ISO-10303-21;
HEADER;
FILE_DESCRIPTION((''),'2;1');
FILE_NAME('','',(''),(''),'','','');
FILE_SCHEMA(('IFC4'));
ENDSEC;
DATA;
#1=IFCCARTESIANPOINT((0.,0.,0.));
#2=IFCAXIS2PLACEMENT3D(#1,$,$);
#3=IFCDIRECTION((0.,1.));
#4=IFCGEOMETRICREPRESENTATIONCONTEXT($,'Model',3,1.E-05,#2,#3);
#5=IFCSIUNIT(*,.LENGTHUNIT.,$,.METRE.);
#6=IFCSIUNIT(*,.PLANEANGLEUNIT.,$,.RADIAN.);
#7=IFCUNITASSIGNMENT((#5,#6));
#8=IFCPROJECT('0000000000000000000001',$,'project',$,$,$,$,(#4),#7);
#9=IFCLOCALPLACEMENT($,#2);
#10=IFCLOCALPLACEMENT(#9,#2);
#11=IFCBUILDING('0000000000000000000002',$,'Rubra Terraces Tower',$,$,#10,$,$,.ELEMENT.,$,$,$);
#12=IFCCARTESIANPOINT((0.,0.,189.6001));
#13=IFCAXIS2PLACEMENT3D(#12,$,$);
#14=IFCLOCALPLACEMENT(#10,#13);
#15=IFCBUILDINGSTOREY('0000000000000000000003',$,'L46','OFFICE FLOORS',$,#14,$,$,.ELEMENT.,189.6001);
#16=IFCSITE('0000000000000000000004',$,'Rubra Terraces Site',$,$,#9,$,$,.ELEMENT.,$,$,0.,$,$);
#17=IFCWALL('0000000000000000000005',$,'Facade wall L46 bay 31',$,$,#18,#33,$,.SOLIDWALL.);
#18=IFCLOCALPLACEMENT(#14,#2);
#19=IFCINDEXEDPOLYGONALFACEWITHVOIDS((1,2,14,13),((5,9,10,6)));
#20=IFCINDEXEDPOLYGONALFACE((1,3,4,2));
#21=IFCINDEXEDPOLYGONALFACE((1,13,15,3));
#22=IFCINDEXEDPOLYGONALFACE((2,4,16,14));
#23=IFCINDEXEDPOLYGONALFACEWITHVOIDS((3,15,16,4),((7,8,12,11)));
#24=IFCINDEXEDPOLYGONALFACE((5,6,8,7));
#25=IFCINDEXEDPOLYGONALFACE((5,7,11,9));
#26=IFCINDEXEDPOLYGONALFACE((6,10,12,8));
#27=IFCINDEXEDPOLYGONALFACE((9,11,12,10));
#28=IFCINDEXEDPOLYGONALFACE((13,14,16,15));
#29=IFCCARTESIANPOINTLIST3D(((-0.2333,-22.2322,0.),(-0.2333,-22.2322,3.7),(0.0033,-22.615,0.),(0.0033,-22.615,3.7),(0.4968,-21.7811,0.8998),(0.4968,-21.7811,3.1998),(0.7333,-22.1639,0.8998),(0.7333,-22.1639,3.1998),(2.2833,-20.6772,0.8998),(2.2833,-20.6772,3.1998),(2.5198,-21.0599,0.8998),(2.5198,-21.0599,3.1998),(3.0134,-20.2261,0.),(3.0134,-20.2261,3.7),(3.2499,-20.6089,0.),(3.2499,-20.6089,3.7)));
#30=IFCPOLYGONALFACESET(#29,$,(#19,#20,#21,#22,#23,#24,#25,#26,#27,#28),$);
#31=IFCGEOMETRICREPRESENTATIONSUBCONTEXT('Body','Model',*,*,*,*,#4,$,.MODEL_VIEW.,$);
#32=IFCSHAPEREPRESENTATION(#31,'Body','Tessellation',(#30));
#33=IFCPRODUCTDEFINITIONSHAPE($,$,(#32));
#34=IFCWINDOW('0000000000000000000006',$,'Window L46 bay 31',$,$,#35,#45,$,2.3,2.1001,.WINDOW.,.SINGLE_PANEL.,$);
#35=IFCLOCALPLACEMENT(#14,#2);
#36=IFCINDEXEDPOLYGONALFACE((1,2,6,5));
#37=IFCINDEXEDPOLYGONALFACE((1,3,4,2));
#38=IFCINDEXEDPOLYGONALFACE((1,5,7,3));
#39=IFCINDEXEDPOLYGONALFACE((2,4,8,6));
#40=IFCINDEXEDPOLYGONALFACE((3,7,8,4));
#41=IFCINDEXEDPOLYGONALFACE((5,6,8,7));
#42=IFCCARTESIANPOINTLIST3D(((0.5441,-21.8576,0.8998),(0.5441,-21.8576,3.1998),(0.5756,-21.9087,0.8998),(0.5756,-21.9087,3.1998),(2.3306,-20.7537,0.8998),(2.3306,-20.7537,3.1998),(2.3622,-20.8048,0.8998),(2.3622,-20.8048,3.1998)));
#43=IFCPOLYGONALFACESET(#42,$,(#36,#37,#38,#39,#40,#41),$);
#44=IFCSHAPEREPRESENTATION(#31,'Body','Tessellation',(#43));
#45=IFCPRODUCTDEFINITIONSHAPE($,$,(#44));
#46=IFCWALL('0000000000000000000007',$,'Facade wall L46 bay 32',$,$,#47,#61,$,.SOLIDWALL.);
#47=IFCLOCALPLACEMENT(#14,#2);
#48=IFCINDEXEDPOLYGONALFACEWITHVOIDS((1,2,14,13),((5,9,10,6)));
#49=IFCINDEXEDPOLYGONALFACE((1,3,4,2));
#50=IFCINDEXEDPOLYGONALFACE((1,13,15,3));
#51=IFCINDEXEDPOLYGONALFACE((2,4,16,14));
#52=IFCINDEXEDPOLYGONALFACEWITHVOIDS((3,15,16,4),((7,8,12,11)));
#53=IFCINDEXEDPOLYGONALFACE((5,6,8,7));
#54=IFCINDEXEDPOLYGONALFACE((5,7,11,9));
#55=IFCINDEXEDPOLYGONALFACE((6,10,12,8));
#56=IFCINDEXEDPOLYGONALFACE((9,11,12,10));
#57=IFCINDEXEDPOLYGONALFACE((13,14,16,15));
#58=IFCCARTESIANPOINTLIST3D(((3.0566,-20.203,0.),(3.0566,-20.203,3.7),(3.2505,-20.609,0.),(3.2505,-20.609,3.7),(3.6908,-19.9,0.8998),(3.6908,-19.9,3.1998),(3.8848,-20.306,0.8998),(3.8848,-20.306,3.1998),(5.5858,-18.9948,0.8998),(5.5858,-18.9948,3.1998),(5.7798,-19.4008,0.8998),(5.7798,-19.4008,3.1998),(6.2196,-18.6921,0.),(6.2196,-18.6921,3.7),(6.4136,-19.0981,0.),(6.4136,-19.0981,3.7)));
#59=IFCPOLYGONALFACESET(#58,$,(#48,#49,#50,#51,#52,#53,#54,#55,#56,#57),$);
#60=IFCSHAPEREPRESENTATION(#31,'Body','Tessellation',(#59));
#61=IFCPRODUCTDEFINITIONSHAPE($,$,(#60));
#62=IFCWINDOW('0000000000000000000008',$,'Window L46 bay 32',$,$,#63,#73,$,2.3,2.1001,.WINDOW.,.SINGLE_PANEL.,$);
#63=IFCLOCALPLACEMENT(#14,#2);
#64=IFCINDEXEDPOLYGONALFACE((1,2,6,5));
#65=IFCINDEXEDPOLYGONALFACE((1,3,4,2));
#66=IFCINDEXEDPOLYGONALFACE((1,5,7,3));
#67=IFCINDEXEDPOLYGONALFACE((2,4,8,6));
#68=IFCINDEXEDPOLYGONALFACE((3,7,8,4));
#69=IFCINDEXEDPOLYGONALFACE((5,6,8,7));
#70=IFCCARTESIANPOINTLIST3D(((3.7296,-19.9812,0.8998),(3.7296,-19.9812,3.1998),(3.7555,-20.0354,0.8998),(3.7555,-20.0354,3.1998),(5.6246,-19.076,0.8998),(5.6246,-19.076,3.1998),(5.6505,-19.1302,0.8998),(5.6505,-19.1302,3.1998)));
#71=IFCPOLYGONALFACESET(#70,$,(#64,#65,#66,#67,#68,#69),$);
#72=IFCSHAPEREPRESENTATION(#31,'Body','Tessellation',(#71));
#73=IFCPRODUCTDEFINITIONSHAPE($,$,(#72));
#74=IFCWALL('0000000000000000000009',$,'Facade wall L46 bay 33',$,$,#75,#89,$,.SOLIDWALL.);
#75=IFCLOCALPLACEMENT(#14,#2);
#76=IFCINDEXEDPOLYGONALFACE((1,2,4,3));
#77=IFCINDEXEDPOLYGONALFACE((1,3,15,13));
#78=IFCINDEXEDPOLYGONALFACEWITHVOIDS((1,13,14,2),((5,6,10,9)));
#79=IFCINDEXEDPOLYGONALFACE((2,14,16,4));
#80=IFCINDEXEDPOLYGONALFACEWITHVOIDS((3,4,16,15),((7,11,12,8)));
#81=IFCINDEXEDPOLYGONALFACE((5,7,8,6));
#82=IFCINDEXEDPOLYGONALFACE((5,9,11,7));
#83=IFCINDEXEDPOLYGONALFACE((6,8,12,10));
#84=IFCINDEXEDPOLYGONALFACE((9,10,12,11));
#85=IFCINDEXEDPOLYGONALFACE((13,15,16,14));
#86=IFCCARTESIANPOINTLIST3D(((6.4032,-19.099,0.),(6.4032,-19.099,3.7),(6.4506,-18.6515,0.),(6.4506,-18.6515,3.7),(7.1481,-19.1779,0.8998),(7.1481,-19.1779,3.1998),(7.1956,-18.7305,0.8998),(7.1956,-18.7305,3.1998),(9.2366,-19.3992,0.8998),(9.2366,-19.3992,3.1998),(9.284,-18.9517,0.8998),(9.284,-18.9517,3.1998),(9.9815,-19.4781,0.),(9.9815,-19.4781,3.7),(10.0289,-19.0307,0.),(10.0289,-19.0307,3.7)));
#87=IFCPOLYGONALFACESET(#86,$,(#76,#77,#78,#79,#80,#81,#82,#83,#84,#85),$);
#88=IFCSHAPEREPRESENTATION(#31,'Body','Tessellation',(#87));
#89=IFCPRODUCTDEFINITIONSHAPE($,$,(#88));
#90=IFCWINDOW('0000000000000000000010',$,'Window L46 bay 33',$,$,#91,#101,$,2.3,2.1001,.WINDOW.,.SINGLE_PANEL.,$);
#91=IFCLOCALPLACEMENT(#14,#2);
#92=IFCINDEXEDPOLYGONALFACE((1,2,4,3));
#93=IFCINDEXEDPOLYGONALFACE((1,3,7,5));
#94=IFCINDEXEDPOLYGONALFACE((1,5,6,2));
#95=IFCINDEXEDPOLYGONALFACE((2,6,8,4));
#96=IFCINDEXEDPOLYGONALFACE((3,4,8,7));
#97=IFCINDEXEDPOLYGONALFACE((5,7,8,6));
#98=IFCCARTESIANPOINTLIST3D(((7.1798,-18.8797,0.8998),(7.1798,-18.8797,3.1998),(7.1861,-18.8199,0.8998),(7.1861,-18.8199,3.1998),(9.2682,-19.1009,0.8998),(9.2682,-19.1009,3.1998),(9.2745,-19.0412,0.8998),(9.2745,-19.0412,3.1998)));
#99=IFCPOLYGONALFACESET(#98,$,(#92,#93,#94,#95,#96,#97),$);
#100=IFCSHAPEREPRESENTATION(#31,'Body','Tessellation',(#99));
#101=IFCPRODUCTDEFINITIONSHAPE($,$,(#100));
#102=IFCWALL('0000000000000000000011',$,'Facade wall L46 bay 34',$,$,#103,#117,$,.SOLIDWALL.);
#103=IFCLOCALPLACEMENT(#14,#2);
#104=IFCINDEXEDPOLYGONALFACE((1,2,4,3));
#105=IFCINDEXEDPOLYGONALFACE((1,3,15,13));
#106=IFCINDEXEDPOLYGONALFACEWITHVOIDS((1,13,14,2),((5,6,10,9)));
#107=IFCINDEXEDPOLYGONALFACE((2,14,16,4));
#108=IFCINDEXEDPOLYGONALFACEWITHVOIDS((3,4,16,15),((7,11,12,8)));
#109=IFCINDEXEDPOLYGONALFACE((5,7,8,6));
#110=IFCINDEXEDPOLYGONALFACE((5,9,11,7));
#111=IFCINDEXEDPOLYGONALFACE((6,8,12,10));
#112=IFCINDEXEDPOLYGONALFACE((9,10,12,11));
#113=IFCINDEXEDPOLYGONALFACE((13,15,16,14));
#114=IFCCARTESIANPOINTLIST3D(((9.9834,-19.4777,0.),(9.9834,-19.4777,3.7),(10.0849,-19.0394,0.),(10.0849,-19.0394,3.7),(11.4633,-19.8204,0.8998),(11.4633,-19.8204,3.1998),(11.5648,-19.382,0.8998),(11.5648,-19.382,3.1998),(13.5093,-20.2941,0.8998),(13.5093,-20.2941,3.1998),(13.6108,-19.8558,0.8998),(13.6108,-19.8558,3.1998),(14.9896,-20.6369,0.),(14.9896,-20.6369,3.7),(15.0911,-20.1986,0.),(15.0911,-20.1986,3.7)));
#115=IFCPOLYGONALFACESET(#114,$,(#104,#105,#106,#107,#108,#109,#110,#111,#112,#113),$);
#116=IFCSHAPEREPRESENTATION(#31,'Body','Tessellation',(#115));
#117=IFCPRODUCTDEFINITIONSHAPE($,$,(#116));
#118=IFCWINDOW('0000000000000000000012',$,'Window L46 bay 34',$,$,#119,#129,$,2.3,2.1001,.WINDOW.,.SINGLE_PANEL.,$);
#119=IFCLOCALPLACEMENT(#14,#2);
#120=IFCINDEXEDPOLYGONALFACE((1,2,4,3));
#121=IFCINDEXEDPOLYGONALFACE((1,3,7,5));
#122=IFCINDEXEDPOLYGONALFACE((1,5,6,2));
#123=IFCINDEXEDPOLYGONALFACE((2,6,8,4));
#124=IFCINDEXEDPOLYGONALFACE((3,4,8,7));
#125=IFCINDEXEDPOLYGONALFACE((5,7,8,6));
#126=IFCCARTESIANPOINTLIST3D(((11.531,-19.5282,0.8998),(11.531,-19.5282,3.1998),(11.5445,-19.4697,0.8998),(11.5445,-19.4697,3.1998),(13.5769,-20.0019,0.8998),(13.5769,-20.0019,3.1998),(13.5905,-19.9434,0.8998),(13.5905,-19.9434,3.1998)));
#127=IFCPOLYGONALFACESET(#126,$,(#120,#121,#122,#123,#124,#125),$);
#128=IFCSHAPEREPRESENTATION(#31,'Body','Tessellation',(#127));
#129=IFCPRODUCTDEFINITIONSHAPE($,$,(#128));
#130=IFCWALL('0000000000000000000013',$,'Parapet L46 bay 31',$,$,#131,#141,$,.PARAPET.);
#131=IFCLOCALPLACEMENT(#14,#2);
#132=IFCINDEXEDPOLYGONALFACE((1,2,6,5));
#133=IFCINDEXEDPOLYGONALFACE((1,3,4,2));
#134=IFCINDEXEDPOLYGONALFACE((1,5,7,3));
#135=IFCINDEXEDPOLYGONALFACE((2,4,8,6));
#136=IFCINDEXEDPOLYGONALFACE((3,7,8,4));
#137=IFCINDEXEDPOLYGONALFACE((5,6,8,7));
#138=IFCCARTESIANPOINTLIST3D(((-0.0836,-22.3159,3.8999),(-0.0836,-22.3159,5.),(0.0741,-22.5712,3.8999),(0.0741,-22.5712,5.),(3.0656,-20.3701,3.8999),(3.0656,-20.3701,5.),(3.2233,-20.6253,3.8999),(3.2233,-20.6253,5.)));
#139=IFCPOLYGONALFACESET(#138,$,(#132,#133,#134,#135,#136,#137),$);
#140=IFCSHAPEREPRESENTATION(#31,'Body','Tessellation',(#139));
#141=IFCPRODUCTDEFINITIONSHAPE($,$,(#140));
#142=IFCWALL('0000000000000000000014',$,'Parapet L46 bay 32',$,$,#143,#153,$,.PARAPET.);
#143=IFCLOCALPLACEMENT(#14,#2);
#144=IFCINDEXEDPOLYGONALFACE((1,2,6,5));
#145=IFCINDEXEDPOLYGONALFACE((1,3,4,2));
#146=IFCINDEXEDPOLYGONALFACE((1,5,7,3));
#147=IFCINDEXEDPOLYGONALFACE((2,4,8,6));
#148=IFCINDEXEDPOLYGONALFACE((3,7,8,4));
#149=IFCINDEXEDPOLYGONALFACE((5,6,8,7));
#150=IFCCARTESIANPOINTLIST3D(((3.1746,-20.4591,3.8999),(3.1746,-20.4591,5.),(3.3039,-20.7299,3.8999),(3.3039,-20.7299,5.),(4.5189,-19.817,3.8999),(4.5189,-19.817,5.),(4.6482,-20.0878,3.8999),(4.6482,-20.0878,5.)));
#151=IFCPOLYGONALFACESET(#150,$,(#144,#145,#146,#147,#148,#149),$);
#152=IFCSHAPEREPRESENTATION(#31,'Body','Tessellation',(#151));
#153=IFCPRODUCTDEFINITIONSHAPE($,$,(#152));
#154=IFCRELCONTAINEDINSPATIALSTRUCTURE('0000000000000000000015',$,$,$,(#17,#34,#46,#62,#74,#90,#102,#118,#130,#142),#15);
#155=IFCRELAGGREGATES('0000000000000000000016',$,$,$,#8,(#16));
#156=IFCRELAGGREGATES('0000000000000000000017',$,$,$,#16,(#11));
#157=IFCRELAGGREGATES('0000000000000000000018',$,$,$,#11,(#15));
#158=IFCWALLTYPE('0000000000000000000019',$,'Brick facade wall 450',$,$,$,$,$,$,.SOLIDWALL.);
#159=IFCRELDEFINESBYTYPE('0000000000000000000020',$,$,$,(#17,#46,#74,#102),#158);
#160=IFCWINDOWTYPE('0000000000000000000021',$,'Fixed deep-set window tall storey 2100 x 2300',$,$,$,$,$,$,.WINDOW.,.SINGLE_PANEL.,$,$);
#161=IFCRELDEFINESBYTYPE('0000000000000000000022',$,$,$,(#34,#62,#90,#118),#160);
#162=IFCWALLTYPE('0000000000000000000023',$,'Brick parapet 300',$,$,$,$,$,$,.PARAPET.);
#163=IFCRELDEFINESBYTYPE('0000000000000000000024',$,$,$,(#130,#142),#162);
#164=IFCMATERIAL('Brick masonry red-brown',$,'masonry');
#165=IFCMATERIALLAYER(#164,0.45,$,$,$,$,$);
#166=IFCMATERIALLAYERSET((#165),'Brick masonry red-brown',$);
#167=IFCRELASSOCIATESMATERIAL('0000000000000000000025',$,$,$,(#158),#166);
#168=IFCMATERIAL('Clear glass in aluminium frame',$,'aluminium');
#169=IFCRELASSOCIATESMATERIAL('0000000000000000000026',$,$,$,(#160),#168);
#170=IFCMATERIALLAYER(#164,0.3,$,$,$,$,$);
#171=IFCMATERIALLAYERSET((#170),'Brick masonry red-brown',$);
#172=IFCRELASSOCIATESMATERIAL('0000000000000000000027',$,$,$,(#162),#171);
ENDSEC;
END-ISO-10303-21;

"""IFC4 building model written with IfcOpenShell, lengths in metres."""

from ifc_helpers import new_model, si_unit, direction, frame, frame_2d, origin, place, context, subcontext, project, spatial, rectangle, extrude, material, layer, layer_set, type_object, element, fill, save


model = new_model("IFC4")

# Units and contexts
model_context = context("Model", 3, precision=1e-05, world=origin(), true_north=direction((0.0, 1.0)))
body_context = subcontext(model_context, "Body", "Model", "MODEL_VIEW")
ifc_project = project(units=[si_unit("LENGTHUNIT", "METRE"), si_unit("PLANEANGLEUNIT", "RADIAN")], contexts=[model_context])

# Site, building, storey
site_placement = place(None, origin())
site = spatial("IfcSite", under=ifc_project, at=site_placement, Name="Rubra Terraces Site", CompositionType="ELEMENT", RefElevation=0.0)
building_placement = place(site_placement, origin())
building = spatial("IfcBuilding", under=site, at=building_placement, Name="Rubra Terraces Tower", CompositionType="ELEMENT")
storey_placement = place(building_placement, frame((0.0, 0.0, 189.6001)))
storey = spatial("IfcBuildingStorey", under=building, at=storey_placement, Name="L46", Description="OFFICE FLOORS", CompositionType="ELEMENT", Elevation=189.6001)

# Walls, openings, windows
ifc_material_1 = material(Name="Brick masonry red-brown", Category="masonry")
ifc_layer_1 = layer(ifc_material_1, 0.45)
ifc_layer_set_1 = layer_set([ifc_layer_1], Name="Brick masonry red-brown")
wall_type_1 = type_object("IfcWallType", Name="Brick facade wall 450", PredefinedType="SOLIDWALL", material=ifc_layer_set_1)
wall_1_placement = place(storey_placement, frame((-0.115, -22.4236, 0.0), z_axis=(0.0, 0.0, 1.0), x_axis=(0.850697, 0.525656, 0.0)))
wall_1 = element("IfcWall", 1, at=wall_1_placement, inside=storey, type_object=wall_type_1, Name="Facade wall L46 bay 31", PredefinedType="SOLIDWALL", context=body_context, shape_type="SweptSolid", body=[
    extrude(rectangle(XDim=3.8164, YDim=0.45, at=frame_2d((1.9082, 0.0))), origin(), (0.0, 0.0, 1.0), 3.7),
])
opening_1_placement = place(wall_1_placement, frame((0.8582, 0.0, 0.8999)))
opening_1 = element("IfcOpeningElement", 2, at=opening_1_placement, cuts=wall_1, PredefinedType="OPENING", context=body_context, shape_type="SweptSolid", body=[
    extrude(rectangle(XDim=2.1001, YDim=2.3, at=frame_2d((1.05, 1.1499))), frame((0.0, 0.2349, 0.0), z_axis=(0.0, -1.0, 0.0), x_axis=(1.0, 0.0, 0.0)), (0.0, 0.0, 1.0), 0.47),
])
ifc_material_2 = material(Name="Clear glass in aluminium frame", Category="aluminium")
window_type = type_object("IfcWindowType", Name="Fixed deep-set window tall storey 2100 x 2300", PartitioningType="SINGLE_PANEL", PredefinedType="WINDOW", material=ifc_material_2)
window_1_placement = place(opening_1_placement, origin())
window_1 = element("IfcWindow", 3, at=window_1_placement, inside=storey, type_object=window_type, Name="Window L46 bay 31", OverallHeight=2.3, OverallWidth=2.1001, PartitioningType="SINGLE_PANEL", PredefinedType="WINDOW", context=body_context, shape_type="SweptSolid", body=[
    extrude(rectangle(XDim=2.1001, YDim=2.3, at=frame_2d((1.05, 1.1499))), frame((0.0, 0.135, 0.0), z_axis=(0.0, -1.0, 0.0), x_axis=(1.0, 0.0, 0.0)), (0.0, 0.0, 1.0), 0.0601),
])
fill(opening_1, window_1)
wall_2_placement = place(storey_placement, frame((3.1536, -20.406, 0.0), z_axis=(0.0, 0.0, 1.0), x_axis=(0.902333, 0.431039, 0.0)))
wall_2 = element("IfcWall", 4, at=wall_2_placement, inside=storey, type_object=wall_type_1, Name="Facade wall L46 bay 32", PredefinedType="SOLIDWALL", context=body_context, shape_type="SweptSolid", body=[
    extrude(rectangle(XDim=3.5054, YDim=0.45, at=frame_2d((1.7527, 0.0))), origin(), (0.0, 0.0, 1.0), 3.7),
])
opening_2_placement = place(wall_2_placement, frame((0.7029, 0.0, 0.8999)))
opening_2 = element("IfcOpeningElement", 5, at=opening_2_placement, cuts=wall_2, PredefinedType="OPENING", context=body_context, shape_type="SweptSolid", body=[
    extrude(rectangle(XDim=2.1001, YDim=2.3, at=frame_2d((1.05, 1.1499))), frame((0.0, 0.2349, 0.0), z_axis=(0.0, -1.0, 0.0), x_axis=(1.0, 0.0, 0.0)), (0.0, 0.0, 1.0), 0.47),
])
window_2_placement = place(opening_2_placement, origin())
window_2 = element("IfcWindow", 6, at=window_2_placement, inside=storey, type_object=window_type, Name="Window L46 bay 32", OverallHeight=2.3, OverallWidth=2.1001, PartitioningType="SINGLE_PANEL", PredefinedType="WINDOW", context=body_context, shape_type="SweptSolid", body=[
    extrude(rectangle(XDim=2.1001, YDim=2.3, at=frame_2d((1.05, 1.1499))), frame((0.0, 0.135, 0.0), z_axis=(0.0, -1.0, 0.0), x_axis=(1.0, 0.0, 0.0)), (0.0, 0.0, 1.0), 0.0601),
])
fill(opening_2, window_2)
wall_3_placement = place(storey_placement, frame((6.4268, -18.8752, 0.0), z_axis=(0.0, 0.0, 1.0), x_axis=(0.994433, -0.105366, 0.0)))
wall_3 = element("IfcWall", 7, at=wall_3_placement, inside=storey, type_object=wall_type_1, Name="Facade wall L46 bay 33", PredefinedType="SOLIDWALL", context=body_context, shape_type="SweptSolid", body=[
    extrude(rectangle(XDim=3.5984, YDim=0.45, at=frame_2d((1.7993, 0.0))), origin(), (0.0, 0.0, 1.0), 3.7),
])
opening_3_placement = place(wall_3_placement, frame((0.7493, 0.0, 0.8999)))
opening_3 = element("IfcOpeningElement", 8, at=opening_3_placement, cuts=wall_3, PredefinedType="OPENING", context=body_context, shape_type="SweptSolid", body=[
    extrude(rectangle(XDim=2.1001, YDim=2.3, at=frame_2d((1.05, 1.1499))), frame((0.0, 0.2349, 0.0), z_axis=(0.0, -1.0, 0.0), x_axis=(1.0, 0.0, 0.0)), (0.0, 0.0, 1.0), 0.47),
])
window_3_placement = place(opening_3_placement, origin())
window_3 = element("IfcWindow", 9, at=window_3_placement, inside=storey, type_object=window_type, Name="Window L46 bay 33", OverallHeight=2.3, OverallWidth=2.1001, PartitioningType="SINGLE_PANEL", PredefinedType="WINDOW", context=body_context, shape_type="SweptSolid", body=[
    extrude(rectangle(XDim=2.1001, YDim=2.3, at=frame_2d((1.05, 1.1499))), frame((0.0, 0.135, 0.0), z_axis=(0.0, -1.0, 0.0), x_axis=(1.0, 0.0, 0.0)), (0.0, 0.0, 1.0), 0.0601),
])
fill(opening_3, window_3)
wall_4_placement = place(storey_placement, frame((10.0342, -19.2585, 0.0), z_axis=(0.0, 0.0, 1.0), x_axis=(0.974224, -0.225585, 0.0)))
wall_4 = element("IfcWall", 10, at=wall_4_placement, inside=storey, type_object=wall_type_1, Name="Facade wall L46 bay 34", PredefinedType="SOLIDWALL", context=body_context, shape_type="SweptSolid", body=[
    extrude(rectangle(XDim=5.1387, YDim=0.45, at=frame_2d((2.5693, 0.0))), origin(), (0.0, 0.0, 1.0), 3.7),
])
opening_4_placement = place(wall_4_placement, frame((1.519, 0.0, 0.8999)))
opening_4 = element("IfcOpeningElement", 11, at=opening_4_placement, cuts=wall_4, PredefinedType="OPENING", context=body_context, shape_type="SweptSolid", body=[
    extrude(rectangle(XDim=2.1001, YDim=2.3, at=frame_2d((1.05, 1.1499))), frame((0.0, 0.2349, 0.0), z_axis=(0.0, -1.0, 0.0), x_axis=(1.0, 0.0, 0.0)), (0.0, 0.0, 1.0), 0.47),
])
window_4_placement = place(opening_4_placement, origin())
window_4 = element("IfcWindow", 12, at=window_4_placement, inside=storey, type_object=window_type, Name="Window L46 bay 34", OverallHeight=2.3, OverallWidth=2.1001, PartitioningType="SINGLE_PANEL", PredefinedType="WINDOW", context=body_context, shape_type="SweptSolid", body=[
    extrude(rectangle(XDim=2.1001, YDim=2.3, at=frame_2d((1.05, 1.1499))), frame((0.0, 0.135, 0.0), z_axis=(0.0, -1.0, 0.0), x_axis=(1.0, 0.0, 0.0)), (0.0, 0.0, 1.0), 0.0601),
])
fill(opening_4, window_4)

# Walls
ifc_layer_2 = layer(ifc_material_1, 0.3)
ifc_layer_set_2 = layer_set([ifc_layer_2], Name="Brick masonry red-brown")
wall_type_2 = type_object("IfcWallType", Name="Brick parapet 300", PredefinedType="PARAPET", material=ifc_layer_set_2)
wall_5_placement = place(storey_placement, frame((-0.0049, -22.4436, 3.8999), z_axis=(0.0, 0.0, 1.0), x_axis=(0.85071, 0.525635, 0.0)))
element("IfcWall", 13, at=wall_5_placement, inside=storey, type_object=wall_type_2, Name="Parapet L46 bay 31", PredefinedType="PARAPET", context=body_context, shape_type="SweptSolid", body=[
    extrude(rectangle(XDim=3.7019, YDim=0.3, at=frame_2d((1.8511, 0.0))), origin(), (0.0, 0.0, 1.0), 1.1001),
])
wall_6_placement = place(storey_placement, frame((3.2393, -20.5945, 3.8999), z_axis=(0.0, 0.0, 1.0), x_axis=(0.902345, 0.431015, 0.0)))
element("IfcWall", 14, at=wall_6_placement, inside=storey, type_object=wall_type_2, Name="Parapet L46 bay 32", PredefinedType="PARAPET", context=body_context, shape_type="SweptSolid", body=[
    extrude(rectangle(XDim=1.4897, YDim=0.3, at=frame_2d((0.7449, 0.0))), origin(), (0.0, 0.0, 1.0), 1.1001),
])

save(model, "model.ifc")
